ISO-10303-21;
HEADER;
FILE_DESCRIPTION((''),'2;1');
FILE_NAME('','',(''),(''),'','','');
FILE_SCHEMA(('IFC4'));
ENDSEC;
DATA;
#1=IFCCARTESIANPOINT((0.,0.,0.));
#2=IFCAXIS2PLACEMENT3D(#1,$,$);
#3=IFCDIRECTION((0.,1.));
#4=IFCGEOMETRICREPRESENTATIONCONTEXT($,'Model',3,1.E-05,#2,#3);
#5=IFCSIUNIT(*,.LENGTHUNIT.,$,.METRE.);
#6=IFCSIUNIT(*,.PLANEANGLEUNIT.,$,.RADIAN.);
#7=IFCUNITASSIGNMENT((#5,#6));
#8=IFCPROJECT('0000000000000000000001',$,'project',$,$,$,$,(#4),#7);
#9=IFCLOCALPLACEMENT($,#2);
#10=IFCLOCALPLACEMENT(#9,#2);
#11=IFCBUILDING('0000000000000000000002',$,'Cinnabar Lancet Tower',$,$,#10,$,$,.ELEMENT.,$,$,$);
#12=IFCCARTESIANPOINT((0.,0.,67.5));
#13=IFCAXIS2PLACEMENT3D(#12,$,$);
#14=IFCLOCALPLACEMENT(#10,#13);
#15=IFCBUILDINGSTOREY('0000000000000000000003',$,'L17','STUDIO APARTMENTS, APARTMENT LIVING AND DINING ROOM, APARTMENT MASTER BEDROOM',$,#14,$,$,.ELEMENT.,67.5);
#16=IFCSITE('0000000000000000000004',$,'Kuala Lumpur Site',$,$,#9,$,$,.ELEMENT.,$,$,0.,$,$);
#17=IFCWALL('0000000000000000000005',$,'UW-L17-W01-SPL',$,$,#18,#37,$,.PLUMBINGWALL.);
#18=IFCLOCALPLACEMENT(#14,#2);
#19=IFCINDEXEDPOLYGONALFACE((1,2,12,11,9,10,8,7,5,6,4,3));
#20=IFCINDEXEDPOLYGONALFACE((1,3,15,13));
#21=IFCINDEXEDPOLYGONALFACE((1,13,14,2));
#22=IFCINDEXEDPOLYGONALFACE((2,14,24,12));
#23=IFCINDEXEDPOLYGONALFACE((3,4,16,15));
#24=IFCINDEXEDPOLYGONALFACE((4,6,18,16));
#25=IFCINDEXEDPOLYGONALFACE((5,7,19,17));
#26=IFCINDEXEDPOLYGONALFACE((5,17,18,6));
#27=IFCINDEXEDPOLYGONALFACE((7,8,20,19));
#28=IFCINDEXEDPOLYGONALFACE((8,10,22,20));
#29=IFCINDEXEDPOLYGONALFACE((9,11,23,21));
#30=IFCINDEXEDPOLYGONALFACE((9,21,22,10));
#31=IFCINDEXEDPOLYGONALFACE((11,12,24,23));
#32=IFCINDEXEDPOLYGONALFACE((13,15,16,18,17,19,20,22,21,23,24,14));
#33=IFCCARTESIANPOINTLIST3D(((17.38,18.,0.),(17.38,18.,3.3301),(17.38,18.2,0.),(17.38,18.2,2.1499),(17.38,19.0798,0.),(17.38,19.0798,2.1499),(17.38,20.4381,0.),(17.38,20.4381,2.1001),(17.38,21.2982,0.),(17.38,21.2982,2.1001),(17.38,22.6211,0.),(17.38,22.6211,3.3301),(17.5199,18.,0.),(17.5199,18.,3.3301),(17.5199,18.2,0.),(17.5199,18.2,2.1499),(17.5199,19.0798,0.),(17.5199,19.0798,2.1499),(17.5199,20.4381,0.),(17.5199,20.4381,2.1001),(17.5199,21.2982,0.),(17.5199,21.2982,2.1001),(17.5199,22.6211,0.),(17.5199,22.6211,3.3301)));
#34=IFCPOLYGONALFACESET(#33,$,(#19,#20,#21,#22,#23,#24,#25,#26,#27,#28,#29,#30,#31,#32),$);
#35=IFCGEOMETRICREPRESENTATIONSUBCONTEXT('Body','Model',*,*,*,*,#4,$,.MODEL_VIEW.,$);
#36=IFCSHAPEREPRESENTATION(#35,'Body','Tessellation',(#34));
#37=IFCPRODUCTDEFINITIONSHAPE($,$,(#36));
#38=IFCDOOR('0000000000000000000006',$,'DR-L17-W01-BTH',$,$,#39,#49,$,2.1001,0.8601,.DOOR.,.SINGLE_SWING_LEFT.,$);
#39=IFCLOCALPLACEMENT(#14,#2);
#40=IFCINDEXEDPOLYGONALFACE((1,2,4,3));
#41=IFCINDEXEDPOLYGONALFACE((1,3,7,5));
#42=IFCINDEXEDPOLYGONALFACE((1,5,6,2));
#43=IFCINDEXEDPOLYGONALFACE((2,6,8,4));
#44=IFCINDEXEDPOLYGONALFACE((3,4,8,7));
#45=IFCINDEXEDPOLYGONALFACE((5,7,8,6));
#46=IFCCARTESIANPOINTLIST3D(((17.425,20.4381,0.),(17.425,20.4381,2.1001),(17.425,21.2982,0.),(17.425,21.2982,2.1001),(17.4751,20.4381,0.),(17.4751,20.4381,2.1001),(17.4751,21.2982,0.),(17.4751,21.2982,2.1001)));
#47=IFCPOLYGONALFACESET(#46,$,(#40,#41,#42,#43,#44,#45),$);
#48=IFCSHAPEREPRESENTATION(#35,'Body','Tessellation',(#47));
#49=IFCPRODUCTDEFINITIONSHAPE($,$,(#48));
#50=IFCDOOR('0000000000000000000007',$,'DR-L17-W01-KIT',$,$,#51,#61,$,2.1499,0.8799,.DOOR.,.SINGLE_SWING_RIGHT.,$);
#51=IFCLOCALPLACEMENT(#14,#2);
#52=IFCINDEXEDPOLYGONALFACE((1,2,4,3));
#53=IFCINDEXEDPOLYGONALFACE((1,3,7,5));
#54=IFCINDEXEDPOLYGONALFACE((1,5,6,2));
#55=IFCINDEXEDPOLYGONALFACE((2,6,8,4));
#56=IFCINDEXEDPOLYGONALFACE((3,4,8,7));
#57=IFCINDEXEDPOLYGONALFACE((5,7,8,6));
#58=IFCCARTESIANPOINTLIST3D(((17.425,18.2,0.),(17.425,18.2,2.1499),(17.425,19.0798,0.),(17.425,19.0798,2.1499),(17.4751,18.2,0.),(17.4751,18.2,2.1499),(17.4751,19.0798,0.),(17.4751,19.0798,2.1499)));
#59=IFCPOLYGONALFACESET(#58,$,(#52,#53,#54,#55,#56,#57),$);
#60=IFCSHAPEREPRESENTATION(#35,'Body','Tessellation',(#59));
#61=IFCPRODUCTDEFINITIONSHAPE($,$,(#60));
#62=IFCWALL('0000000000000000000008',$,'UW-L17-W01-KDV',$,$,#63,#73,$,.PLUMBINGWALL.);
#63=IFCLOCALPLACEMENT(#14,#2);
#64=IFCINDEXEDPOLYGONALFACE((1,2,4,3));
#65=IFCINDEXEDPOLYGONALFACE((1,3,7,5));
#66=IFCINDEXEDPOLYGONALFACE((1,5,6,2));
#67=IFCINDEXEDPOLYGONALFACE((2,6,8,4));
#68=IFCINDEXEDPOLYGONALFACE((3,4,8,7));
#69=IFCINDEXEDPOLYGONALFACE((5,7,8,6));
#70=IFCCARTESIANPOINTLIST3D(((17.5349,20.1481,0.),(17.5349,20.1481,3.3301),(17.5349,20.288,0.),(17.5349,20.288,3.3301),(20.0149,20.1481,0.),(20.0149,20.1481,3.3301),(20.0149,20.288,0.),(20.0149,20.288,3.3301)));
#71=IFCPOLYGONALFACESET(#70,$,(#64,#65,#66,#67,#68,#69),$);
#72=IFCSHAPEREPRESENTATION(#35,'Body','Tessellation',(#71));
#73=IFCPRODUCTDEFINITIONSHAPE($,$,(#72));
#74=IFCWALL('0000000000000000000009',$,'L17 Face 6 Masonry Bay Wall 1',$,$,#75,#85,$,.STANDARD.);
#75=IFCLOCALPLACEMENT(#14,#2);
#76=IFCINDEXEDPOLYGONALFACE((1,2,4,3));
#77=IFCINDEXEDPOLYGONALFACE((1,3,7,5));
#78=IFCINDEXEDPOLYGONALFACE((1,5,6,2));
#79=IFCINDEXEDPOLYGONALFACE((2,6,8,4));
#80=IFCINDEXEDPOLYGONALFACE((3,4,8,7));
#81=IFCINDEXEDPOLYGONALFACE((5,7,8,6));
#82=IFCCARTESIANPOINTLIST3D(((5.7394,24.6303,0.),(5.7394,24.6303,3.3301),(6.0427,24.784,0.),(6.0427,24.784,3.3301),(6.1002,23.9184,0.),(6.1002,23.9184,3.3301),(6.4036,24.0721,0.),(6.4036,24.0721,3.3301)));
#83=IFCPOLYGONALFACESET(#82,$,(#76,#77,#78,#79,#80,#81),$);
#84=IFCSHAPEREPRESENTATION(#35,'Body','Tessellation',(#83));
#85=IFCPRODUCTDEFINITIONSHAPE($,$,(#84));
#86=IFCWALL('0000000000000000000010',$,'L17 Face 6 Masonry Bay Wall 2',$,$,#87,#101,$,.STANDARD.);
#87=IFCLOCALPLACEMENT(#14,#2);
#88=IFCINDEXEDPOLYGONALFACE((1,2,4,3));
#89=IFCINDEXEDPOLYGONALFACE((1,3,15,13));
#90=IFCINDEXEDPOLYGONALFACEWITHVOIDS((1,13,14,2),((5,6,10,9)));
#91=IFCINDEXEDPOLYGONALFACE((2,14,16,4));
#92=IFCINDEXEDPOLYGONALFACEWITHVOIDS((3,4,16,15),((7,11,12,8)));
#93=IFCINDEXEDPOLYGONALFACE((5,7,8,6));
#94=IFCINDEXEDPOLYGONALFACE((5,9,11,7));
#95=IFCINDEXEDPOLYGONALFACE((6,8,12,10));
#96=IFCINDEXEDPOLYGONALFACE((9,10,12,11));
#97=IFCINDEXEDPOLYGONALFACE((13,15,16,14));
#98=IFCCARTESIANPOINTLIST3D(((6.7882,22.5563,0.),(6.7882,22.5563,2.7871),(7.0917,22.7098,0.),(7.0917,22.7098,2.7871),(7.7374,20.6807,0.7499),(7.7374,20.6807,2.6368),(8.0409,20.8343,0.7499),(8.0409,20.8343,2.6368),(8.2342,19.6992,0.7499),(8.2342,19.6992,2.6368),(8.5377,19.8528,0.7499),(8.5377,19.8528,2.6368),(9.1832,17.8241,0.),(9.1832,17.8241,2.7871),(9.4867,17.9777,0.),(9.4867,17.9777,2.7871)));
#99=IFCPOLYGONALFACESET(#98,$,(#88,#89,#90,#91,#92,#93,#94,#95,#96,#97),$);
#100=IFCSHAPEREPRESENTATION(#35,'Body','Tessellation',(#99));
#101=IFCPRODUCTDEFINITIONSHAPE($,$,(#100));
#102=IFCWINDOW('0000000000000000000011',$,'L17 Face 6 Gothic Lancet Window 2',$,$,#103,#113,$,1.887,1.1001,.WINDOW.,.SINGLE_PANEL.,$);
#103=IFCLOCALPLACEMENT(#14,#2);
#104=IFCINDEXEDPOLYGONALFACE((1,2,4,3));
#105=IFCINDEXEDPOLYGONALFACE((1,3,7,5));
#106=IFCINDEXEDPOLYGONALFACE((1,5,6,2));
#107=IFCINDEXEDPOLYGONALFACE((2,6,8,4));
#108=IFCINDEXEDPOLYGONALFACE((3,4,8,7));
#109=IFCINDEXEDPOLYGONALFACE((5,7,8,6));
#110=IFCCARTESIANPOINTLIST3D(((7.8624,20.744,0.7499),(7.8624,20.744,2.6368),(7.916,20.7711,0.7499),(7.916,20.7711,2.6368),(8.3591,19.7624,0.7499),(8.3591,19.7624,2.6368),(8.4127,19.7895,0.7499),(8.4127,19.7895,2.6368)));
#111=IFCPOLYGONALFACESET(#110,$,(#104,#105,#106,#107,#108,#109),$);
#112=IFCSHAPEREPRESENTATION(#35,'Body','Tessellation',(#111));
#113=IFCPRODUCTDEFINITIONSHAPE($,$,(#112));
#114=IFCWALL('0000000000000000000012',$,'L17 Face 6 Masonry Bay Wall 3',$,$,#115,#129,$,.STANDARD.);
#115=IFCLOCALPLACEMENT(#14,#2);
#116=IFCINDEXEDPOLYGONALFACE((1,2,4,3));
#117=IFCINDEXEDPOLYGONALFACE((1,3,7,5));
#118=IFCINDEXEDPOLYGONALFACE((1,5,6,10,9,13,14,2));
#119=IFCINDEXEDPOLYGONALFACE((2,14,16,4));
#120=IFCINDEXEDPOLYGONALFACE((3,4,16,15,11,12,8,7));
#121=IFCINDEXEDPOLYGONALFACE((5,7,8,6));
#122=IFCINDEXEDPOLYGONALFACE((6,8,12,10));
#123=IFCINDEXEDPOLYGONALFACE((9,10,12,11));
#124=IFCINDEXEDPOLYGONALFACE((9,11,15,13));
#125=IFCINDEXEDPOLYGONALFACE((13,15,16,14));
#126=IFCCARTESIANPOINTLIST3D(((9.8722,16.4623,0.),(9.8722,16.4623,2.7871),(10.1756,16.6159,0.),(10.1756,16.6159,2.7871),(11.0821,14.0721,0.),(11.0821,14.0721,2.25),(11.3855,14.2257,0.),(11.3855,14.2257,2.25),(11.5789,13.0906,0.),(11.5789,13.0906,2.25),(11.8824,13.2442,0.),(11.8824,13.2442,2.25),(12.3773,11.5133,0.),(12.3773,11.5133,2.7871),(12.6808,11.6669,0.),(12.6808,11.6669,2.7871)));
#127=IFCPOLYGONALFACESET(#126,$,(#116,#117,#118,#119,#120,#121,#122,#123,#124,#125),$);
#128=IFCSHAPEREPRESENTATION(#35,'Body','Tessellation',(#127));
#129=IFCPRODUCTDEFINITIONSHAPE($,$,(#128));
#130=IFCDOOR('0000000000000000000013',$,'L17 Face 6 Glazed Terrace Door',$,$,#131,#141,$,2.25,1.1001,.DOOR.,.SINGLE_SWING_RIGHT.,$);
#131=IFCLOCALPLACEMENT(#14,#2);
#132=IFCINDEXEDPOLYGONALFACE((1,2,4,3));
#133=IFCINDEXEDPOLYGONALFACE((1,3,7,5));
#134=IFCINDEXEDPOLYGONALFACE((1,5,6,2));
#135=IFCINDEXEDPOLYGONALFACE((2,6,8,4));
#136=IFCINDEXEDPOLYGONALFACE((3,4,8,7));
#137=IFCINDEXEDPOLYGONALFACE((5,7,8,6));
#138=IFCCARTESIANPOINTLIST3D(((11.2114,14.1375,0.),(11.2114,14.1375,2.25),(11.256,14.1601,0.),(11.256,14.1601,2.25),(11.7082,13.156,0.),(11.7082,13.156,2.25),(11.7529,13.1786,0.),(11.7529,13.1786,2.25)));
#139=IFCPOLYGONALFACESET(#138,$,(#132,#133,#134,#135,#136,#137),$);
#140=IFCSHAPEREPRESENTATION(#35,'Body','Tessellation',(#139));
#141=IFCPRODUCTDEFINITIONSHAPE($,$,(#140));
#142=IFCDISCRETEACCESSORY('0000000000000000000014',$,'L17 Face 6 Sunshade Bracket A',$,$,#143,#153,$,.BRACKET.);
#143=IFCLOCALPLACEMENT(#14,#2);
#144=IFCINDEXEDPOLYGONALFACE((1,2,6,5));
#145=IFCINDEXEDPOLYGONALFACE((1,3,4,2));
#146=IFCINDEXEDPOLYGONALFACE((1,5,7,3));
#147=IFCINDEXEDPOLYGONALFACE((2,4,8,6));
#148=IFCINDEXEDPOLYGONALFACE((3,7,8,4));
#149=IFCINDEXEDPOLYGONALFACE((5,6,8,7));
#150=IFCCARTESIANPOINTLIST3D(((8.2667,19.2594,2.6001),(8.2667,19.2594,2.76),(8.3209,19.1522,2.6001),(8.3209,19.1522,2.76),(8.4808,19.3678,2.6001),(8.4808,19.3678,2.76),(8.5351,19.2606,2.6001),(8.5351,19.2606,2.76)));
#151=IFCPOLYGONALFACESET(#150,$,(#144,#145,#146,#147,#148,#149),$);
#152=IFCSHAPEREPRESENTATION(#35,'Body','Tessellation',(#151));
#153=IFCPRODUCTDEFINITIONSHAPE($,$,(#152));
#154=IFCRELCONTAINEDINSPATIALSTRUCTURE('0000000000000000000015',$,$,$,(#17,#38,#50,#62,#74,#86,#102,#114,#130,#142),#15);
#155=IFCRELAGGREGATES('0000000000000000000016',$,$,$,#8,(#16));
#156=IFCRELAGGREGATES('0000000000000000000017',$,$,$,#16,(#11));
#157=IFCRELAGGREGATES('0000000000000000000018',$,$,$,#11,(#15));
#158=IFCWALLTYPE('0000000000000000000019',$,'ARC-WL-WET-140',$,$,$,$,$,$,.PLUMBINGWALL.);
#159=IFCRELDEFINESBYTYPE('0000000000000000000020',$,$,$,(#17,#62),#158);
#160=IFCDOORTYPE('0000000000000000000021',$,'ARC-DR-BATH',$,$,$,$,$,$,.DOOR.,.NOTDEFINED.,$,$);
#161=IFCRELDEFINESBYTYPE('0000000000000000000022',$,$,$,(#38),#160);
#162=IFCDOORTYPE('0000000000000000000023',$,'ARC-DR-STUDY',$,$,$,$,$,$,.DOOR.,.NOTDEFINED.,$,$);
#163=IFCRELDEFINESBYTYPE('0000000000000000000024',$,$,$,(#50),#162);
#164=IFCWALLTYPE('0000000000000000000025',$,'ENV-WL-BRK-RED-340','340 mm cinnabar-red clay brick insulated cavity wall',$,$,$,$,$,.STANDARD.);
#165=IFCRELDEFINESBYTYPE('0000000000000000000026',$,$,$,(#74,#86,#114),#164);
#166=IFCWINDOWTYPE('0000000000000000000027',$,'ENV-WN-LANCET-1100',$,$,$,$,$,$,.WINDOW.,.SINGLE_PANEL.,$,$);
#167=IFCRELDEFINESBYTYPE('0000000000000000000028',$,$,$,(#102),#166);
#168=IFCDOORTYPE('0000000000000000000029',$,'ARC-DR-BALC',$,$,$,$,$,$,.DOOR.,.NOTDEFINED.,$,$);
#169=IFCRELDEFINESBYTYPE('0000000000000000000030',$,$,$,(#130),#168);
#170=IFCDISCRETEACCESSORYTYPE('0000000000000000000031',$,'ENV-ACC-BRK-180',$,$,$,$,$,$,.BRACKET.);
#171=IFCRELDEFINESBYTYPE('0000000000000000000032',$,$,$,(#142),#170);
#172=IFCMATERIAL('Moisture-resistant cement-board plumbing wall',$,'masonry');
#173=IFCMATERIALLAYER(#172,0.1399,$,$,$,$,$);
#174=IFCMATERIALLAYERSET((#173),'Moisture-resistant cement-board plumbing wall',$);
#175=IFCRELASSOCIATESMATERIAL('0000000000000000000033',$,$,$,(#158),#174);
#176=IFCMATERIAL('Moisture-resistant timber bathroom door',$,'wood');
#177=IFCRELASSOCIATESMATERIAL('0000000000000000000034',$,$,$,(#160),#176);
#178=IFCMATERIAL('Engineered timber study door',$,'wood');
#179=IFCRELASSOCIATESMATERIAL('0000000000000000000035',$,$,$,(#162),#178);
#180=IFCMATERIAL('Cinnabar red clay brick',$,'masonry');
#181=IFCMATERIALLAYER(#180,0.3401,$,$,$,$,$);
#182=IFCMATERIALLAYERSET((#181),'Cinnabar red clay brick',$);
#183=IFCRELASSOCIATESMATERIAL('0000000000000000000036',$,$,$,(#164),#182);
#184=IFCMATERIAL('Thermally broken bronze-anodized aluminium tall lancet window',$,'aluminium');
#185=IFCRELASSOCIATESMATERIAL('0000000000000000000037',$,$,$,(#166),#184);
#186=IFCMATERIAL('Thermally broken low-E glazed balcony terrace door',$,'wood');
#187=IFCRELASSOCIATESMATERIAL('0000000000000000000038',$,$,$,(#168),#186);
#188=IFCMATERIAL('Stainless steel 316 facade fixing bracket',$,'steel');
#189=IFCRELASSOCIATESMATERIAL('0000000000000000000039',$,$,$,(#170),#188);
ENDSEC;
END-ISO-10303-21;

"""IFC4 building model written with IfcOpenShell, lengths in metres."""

from ifc_helpers import new_model, si_unit, direction, frame, frame_2d, origin, origin_2d, place, context, subcontext, project, spatial, rectangle, extrude, material, layer, layer_set, type_object, element, fill, save


model = new_model("IFC4")

# Units and contexts
model_context = context("Model", 3, precision=1e-05, world=origin(), true_north=direction((0.0, 1.0)))
body_context = subcontext(model_context, "Body", "Model", "MODEL_VIEW")
ifc_project = project(units=[si_unit("LENGTHUNIT", "METRE"), si_unit("PLANEANGLEUNIT", "RADIAN")], contexts=[model_context])

# Site, building, storey
site_placement = place(None, origin())
site = spatial("IfcSite", under=ifc_project, at=site_placement, Name="Kuala Lumpur Site", CompositionType="ELEMENT", RefElevation=0.0)
building_placement = place(site_placement, origin())
building = spatial("IfcBuilding", under=site, at=building_placement, Name="Cinnabar Lancet Tower", CompositionType="ELEMENT")
storey_placement = place(building_placement, frame((0.0, 0.0, 67.5)))
storey = spatial("IfcBuildingStorey", under=building, at=storey_placement, Name="L17", Description="STUDIO APARTMENTS, APARTMENT LIVING AND DINING ROOM, APARTMENT MASTER BEDROOM", CompositionType="ELEMENT", Elevation=67.5)

# Wall, openings, doors
ifc_material_1 = material(Name="Moisture-resistant cement-board plumbing wall", Category="masonry")
ifc_layer_1 = layer(ifc_material_1, 0.1399)
ifc_layer_set_1 = layer_set([ifc_layer_1], Name="Moisture-resistant cement-board plumbing wall")
wall_type_1 = type_object("IfcWallType", Name="ARC-WL-WET-140", PredefinedType="PLUMBINGWALL", material=ifc_layer_set_1)
wall_1_placement = place(storey_placement, frame((17.45, 18.0, 0.0), z_axis=(0.0, 0.0, 1.0), x_axis=(0.0, 1.0, 0.0)))
wall_1 = element("IfcWall", 1, at=wall_1_placement, inside=storey, type_object=wall_type_1, Name="UW-L17-W01-SPL", PredefinedType="PLUMBINGWALL", context=body_context, shape_type="SweptSolid", body=[
    extrude(rectangle(XDim=4.6211, YDim=0.1399, at=frame_2d((2.3105, 0.0))), origin(), (0.0, 0.0, 1.0), 3.3301),
])
opening_1_placement = place(wall_1_placement, frame((2.438, 0.0, 0.0)))
opening_1 = element("IfcOpeningElement", 2, at=opening_1_placement, cuts=wall_1, PredefinedType="OPENING", context=body_context, shape_type="SweptSolid", body=[
    extrude(rectangle(XDim=0.8601, YDim=2.1001, at=frame_2d((0.4302, 1.05))), frame((0.0, 0.0798, 0.0), z_axis=(0.0, -1.0, 0.0), x_axis=(1.0, 0.0, 0.0)), (0.0, 0.0, 1.0), 0.1599),
])
opening_2_placement = place(wall_1_placement, frame((0.2, 0.0, 0.0)))
opening_2 = element("IfcOpeningElement", 3, at=opening_2_placement, cuts=wall_1, PredefinedType="OPENING", context=body_context, shape_type="SweptSolid", body=[
    extrude(rectangle(XDim=0.8799, YDim=2.1499, at=frame_2d((0.4399, 1.075))), frame((0.0, 0.0798, 0.0), z_axis=(0.0, -1.0, 0.0), x_axis=(1.0, 0.0, 0.0)), (0.0, 0.0, 1.0), 0.1599),
])
ifc_material_2 = material(Name="Moisture-resistant timber bathroom door", Category="wood")
door_type_1 = type_object("IfcDoorType", Name="ARC-DR-BATH", OperationType="NOTDEFINED", PredefinedType="DOOR", material=ifc_material_2)
door_1_placement = place(opening_1_placement, origin())
door_1 = element("IfcDoor", 4, at=door_1_placement, inside=storey, type_object=door_type_1, Name="DR-L17-W01-BTH", OperationType="SINGLE_SWING_LEFT", OverallHeight=2.1001, OverallWidth=0.8601, PredefinedType="DOOR", context=body_context, shape_type="SweptSolid", body=[
    extrude(rectangle(XDim=0.8601, YDim=2.1001, at=frame_2d((0.4302, 1.05))), frame((0.0, 0.0249, 0.0), z_axis=(0.0, -1.0, 0.0), x_axis=(1.0, 0.0, 0.0)), (0.0, 0.0, 1.0), 0.05),
])
fill(opening_1, door_1)
ifc_material_3 = material(Name="Engineered timber study door", Category="wood")
door_type_2 = type_object("IfcDoorType", Name="ARC-DR-STUDY", OperationType="NOTDEFINED", PredefinedType="DOOR", material=ifc_material_3)
door_2_placement = place(opening_2_placement, origin())
door_2 = element("IfcDoor", 5, at=door_2_placement, inside=storey, type_object=door_type_2, Name="DR-L17-W01-KIT", OperationType="SINGLE_SWING_RIGHT", OverallHeight=2.1499, OverallWidth=0.8799, PredefinedType="DOOR", context=body_context, shape_type="SweptSolid", body=[
    extrude(rectangle(XDim=0.8799, YDim=2.1499, at=frame_2d((0.4399, 1.075))), frame((0.0, 0.0249, 0.0), z_axis=(0.0, -1.0, 0.0), x_axis=(1.0, 0.0, 0.0)), (0.0, 0.0, 1.0), 0.05),
])
fill(opening_2, door_2)

# Walls
wall_2_placement = place(storey_placement, frame((17.5349, 20.218, 0.0), z_axis=(0.0, 0.0, 1.0), x_axis=(1.0, 0.0, 0.0)))
element("IfcWall", 6, at=wall_2_placement, inside=storey, type_object=wall_type_1, Name="UW-L17-W01-KDV", PredefinedType="PLUMBINGWALL", context=body_context, shape_type="SweptSolid", body=[
    extrude(rectangle(XDim=2.48, YDim=0.1399, at=frame_2d((1.24, 0.0))), origin(), (0.0, 0.0, 1.0), 3.3301),
])
ifc_material_4 = material(Name="Cinnabar red clay brick", Category="masonry")
ifc_layer_2 = layer(ifc_material_4, 0.3401)
ifc_layer_set_2 = layer_set([ifc_layer_2], Name="Cinnabar red clay brick")
wall_type_2 = type_object("IfcWallType", Name="ENV-WL-BRK-RED-340", Description="340 mm cinnabar-red clay brick insulated cavity wall", PredefinedType="STANDARD", material=ifc_layer_set_2)
wall_3_placement = place(storey_placement, frame((5.8911, 24.707, 0.0), z_axis=(0.0, 0.0, 1.0), x_axis=(0.452101, -0.891967, 0.0)))
element("IfcWall", 7, at=wall_3_placement, inside=storey, type_object=wall_type_2, Name="L17 Face 6 Masonry Bay Wall 1", PredefinedType="STANDARD", context=body_context, shape_type="SweptSolid", body=[
    extrude(rectangle(XDim=0.7981, YDim=0.3401, at=frame_2d((0.3989, 0.0))), origin(), (0.0, 0.0, 1.0), 3.3301),
])

# Wall, opening, window
wall_4_placement = place(storey_placement, frame((6.9399, 22.6331, 0.0), z_axis=(0.0, 0.0, 1.0), x_axis=(0.451572, -0.892235, 0.0)))
wall_4 = element("IfcWall", 8, at=wall_4_placement, inside=storey, type_object=wall_type_2, Name="L17 Face 6 Masonry Bay Wall 2", PredefinedType="STANDARD", context=body_context, shape_type="SweptSolid", body=[
    extrude(rectangle(XDim=5.3037, YDim=0.3401, at=frame_2d((2.6519, 0.0))), origin(), (0.0, 0.0, 1.0), 2.7871),
])
opening_3_placement = place(wall_4_placement, frame((2.1021, 0.0, 0.75)))
opening_3 = element("IfcOpeningElement", 9, at=opening_3_placement, cuts=wall_4, PredefinedType="OPENING", context=body_context, shape_type="SweptSolid", body=[
    extrude(rectangle(XDim=1.1001, YDim=1.887, at=frame_2d((0.55, 0.9434))), frame((0.0, 0.1799, 0.0), z_axis=(0.0, -1.0, 0.0), x_axis=(1.0, 0.0, 0.0)), (0.0, 0.0, 1.0), 0.3601),
])
ifc_material_5 = material(Name="Thermally broken bronze-anodized aluminium tall lancet window", Category="aluminium")
window_type = type_object("IfcWindowType", Name="ENV-WN-LANCET-1100", PartitioningType="SINGLE_PANEL", PredefinedType="WINDOW", material=ifc_material_5)
window_placement = place(opening_3_placement, origin())
window = element("IfcWindow", 10, at=window_placement, inside=storey, type_object=window_type, Name="L17 Face 6 Gothic Lancet Window 2", OverallHeight=1.887, OverallWidth=1.1001, PartitioningType="SINGLE_PANEL", PredefinedType="WINDOW", context=body_context, shape_type="SweptSolid", body=[
    extrude(rectangle(XDim=1.1001, YDim=1.887, at=frame_2d((0.55, 0.9434))), frame((0.0, 0.03, 0.0), z_axis=(0.0, -1.0, 0.0), x_axis=(1.0, 0.0, 0.0)), (0.0, 0.0, 1.0), 0.0601),
])
fill(opening_3, window)

# Wall, opening, door
wall_5_placement = place(storey_placement, frame((10.0239, 16.5391, 0.0), z_axis=(0.0, 0.0, 1.0), x_axis=(0.451627, -0.892207, 0.0)))
wall_5 = element("IfcWall", 11, at=wall_5_placement, inside=storey, type_object=wall_type_2, Name="L17 Face 6 Masonry Bay Wall 3", PredefinedType="STANDARD", context=body_context, shape_type="SweptSolid", body=[
    extrude(rectangle(XDim=5.5469, YDim=0.3401, at=frame_2d((2.7734, 0.0))), origin(), (0.0, 0.0, 1.0), 2.7871),
])
opening_4_placement = place(wall_5_placement, frame((2.679, 0.0, 0.0)))
opening_4 = element("IfcOpeningElement", 12, at=opening_4_placement, cuts=wall_5, PredefinedType="OPENING", context=body_context, shape_type="SweptSolid", body=[
    extrude(rectangle(XDim=1.1001, YDim=2.25, at=frame_2d((0.55, 1.125))), frame((0.0, 0.1799, 0.0), z_axis=(0.0, -1.0, 0.0), x_axis=(1.0, 0.0, 0.0)), (0.0, 0.0, 1.0), 0.3601),
])
ifc_material_6 = material(Name="Thermally broken low-E glazed balcony terrace door", Category="wood")
door_type_3 = type_object("IfcDoorType", Name="ARC-DR-BALC", OperationType="NOTDEFINED", PredefinedType="DOOR", material=ifc_material_6)
door_3_placement = place(opening_4_placement, origin())
door_3 = element("IfcDoor", 13, at=door_3_placement, inside=storey, type_object=door_type_3, Name="L17 Face 6 Glazed Terrace Door", OperationType="SINGLE_SWING_RIGHT", OverallHeight=2.25, OverallWidth=1.1001, PredefinedType="DOOR", context=body_context, shape_type="SweptSolid", body=[
    extrude(rectangle(XDim=1.1001, YDim=2.25, at=frame_2d((0.55, 1.125))), frame((0.0, 0.0249, 0.0), z_axis=(0.0, -1.0, 0.0), x_axis=(1.0, 0.0, 0.0)), (0.0, 0.0, 1.0), 0.05),
])
fill(opening_4, door_3)

# Discrete accessory
ifc_material_7 = material(Name="Stainless steel 316 facade fixing bracket", Category="steel")
discrete_accessory_type = type_object("IfcDiscreteAccessoryType", Name="ENV-ACC-BRK-180", PredefinedType="BRACKET", material=ifc_material_7)
discrete_accessory_placement = place(storey_placement, frame((8.4009, 19.26, 2.6001), z_axis=(0.0, 0.0, 1.0), x_axis=(0.451501, -0.892271, 0.0)))
element("IfcDiscreteAccessory", 14, at=discrete_accessory_placement, inside=storey, type_object=discrete_accessory_type, Name="L17 Face 6 Sunshade Bracket A", PredefinedType="BRACKET", context=body_context, shape_type="SweptSolid", body=[
    extrude(rectangle(XDim=0.1201, YDim=0.24, at=origin_2d()), origin(), (0.0, 0.0, 1.0), 0.1599),
])

save(model, "model.ifc")
